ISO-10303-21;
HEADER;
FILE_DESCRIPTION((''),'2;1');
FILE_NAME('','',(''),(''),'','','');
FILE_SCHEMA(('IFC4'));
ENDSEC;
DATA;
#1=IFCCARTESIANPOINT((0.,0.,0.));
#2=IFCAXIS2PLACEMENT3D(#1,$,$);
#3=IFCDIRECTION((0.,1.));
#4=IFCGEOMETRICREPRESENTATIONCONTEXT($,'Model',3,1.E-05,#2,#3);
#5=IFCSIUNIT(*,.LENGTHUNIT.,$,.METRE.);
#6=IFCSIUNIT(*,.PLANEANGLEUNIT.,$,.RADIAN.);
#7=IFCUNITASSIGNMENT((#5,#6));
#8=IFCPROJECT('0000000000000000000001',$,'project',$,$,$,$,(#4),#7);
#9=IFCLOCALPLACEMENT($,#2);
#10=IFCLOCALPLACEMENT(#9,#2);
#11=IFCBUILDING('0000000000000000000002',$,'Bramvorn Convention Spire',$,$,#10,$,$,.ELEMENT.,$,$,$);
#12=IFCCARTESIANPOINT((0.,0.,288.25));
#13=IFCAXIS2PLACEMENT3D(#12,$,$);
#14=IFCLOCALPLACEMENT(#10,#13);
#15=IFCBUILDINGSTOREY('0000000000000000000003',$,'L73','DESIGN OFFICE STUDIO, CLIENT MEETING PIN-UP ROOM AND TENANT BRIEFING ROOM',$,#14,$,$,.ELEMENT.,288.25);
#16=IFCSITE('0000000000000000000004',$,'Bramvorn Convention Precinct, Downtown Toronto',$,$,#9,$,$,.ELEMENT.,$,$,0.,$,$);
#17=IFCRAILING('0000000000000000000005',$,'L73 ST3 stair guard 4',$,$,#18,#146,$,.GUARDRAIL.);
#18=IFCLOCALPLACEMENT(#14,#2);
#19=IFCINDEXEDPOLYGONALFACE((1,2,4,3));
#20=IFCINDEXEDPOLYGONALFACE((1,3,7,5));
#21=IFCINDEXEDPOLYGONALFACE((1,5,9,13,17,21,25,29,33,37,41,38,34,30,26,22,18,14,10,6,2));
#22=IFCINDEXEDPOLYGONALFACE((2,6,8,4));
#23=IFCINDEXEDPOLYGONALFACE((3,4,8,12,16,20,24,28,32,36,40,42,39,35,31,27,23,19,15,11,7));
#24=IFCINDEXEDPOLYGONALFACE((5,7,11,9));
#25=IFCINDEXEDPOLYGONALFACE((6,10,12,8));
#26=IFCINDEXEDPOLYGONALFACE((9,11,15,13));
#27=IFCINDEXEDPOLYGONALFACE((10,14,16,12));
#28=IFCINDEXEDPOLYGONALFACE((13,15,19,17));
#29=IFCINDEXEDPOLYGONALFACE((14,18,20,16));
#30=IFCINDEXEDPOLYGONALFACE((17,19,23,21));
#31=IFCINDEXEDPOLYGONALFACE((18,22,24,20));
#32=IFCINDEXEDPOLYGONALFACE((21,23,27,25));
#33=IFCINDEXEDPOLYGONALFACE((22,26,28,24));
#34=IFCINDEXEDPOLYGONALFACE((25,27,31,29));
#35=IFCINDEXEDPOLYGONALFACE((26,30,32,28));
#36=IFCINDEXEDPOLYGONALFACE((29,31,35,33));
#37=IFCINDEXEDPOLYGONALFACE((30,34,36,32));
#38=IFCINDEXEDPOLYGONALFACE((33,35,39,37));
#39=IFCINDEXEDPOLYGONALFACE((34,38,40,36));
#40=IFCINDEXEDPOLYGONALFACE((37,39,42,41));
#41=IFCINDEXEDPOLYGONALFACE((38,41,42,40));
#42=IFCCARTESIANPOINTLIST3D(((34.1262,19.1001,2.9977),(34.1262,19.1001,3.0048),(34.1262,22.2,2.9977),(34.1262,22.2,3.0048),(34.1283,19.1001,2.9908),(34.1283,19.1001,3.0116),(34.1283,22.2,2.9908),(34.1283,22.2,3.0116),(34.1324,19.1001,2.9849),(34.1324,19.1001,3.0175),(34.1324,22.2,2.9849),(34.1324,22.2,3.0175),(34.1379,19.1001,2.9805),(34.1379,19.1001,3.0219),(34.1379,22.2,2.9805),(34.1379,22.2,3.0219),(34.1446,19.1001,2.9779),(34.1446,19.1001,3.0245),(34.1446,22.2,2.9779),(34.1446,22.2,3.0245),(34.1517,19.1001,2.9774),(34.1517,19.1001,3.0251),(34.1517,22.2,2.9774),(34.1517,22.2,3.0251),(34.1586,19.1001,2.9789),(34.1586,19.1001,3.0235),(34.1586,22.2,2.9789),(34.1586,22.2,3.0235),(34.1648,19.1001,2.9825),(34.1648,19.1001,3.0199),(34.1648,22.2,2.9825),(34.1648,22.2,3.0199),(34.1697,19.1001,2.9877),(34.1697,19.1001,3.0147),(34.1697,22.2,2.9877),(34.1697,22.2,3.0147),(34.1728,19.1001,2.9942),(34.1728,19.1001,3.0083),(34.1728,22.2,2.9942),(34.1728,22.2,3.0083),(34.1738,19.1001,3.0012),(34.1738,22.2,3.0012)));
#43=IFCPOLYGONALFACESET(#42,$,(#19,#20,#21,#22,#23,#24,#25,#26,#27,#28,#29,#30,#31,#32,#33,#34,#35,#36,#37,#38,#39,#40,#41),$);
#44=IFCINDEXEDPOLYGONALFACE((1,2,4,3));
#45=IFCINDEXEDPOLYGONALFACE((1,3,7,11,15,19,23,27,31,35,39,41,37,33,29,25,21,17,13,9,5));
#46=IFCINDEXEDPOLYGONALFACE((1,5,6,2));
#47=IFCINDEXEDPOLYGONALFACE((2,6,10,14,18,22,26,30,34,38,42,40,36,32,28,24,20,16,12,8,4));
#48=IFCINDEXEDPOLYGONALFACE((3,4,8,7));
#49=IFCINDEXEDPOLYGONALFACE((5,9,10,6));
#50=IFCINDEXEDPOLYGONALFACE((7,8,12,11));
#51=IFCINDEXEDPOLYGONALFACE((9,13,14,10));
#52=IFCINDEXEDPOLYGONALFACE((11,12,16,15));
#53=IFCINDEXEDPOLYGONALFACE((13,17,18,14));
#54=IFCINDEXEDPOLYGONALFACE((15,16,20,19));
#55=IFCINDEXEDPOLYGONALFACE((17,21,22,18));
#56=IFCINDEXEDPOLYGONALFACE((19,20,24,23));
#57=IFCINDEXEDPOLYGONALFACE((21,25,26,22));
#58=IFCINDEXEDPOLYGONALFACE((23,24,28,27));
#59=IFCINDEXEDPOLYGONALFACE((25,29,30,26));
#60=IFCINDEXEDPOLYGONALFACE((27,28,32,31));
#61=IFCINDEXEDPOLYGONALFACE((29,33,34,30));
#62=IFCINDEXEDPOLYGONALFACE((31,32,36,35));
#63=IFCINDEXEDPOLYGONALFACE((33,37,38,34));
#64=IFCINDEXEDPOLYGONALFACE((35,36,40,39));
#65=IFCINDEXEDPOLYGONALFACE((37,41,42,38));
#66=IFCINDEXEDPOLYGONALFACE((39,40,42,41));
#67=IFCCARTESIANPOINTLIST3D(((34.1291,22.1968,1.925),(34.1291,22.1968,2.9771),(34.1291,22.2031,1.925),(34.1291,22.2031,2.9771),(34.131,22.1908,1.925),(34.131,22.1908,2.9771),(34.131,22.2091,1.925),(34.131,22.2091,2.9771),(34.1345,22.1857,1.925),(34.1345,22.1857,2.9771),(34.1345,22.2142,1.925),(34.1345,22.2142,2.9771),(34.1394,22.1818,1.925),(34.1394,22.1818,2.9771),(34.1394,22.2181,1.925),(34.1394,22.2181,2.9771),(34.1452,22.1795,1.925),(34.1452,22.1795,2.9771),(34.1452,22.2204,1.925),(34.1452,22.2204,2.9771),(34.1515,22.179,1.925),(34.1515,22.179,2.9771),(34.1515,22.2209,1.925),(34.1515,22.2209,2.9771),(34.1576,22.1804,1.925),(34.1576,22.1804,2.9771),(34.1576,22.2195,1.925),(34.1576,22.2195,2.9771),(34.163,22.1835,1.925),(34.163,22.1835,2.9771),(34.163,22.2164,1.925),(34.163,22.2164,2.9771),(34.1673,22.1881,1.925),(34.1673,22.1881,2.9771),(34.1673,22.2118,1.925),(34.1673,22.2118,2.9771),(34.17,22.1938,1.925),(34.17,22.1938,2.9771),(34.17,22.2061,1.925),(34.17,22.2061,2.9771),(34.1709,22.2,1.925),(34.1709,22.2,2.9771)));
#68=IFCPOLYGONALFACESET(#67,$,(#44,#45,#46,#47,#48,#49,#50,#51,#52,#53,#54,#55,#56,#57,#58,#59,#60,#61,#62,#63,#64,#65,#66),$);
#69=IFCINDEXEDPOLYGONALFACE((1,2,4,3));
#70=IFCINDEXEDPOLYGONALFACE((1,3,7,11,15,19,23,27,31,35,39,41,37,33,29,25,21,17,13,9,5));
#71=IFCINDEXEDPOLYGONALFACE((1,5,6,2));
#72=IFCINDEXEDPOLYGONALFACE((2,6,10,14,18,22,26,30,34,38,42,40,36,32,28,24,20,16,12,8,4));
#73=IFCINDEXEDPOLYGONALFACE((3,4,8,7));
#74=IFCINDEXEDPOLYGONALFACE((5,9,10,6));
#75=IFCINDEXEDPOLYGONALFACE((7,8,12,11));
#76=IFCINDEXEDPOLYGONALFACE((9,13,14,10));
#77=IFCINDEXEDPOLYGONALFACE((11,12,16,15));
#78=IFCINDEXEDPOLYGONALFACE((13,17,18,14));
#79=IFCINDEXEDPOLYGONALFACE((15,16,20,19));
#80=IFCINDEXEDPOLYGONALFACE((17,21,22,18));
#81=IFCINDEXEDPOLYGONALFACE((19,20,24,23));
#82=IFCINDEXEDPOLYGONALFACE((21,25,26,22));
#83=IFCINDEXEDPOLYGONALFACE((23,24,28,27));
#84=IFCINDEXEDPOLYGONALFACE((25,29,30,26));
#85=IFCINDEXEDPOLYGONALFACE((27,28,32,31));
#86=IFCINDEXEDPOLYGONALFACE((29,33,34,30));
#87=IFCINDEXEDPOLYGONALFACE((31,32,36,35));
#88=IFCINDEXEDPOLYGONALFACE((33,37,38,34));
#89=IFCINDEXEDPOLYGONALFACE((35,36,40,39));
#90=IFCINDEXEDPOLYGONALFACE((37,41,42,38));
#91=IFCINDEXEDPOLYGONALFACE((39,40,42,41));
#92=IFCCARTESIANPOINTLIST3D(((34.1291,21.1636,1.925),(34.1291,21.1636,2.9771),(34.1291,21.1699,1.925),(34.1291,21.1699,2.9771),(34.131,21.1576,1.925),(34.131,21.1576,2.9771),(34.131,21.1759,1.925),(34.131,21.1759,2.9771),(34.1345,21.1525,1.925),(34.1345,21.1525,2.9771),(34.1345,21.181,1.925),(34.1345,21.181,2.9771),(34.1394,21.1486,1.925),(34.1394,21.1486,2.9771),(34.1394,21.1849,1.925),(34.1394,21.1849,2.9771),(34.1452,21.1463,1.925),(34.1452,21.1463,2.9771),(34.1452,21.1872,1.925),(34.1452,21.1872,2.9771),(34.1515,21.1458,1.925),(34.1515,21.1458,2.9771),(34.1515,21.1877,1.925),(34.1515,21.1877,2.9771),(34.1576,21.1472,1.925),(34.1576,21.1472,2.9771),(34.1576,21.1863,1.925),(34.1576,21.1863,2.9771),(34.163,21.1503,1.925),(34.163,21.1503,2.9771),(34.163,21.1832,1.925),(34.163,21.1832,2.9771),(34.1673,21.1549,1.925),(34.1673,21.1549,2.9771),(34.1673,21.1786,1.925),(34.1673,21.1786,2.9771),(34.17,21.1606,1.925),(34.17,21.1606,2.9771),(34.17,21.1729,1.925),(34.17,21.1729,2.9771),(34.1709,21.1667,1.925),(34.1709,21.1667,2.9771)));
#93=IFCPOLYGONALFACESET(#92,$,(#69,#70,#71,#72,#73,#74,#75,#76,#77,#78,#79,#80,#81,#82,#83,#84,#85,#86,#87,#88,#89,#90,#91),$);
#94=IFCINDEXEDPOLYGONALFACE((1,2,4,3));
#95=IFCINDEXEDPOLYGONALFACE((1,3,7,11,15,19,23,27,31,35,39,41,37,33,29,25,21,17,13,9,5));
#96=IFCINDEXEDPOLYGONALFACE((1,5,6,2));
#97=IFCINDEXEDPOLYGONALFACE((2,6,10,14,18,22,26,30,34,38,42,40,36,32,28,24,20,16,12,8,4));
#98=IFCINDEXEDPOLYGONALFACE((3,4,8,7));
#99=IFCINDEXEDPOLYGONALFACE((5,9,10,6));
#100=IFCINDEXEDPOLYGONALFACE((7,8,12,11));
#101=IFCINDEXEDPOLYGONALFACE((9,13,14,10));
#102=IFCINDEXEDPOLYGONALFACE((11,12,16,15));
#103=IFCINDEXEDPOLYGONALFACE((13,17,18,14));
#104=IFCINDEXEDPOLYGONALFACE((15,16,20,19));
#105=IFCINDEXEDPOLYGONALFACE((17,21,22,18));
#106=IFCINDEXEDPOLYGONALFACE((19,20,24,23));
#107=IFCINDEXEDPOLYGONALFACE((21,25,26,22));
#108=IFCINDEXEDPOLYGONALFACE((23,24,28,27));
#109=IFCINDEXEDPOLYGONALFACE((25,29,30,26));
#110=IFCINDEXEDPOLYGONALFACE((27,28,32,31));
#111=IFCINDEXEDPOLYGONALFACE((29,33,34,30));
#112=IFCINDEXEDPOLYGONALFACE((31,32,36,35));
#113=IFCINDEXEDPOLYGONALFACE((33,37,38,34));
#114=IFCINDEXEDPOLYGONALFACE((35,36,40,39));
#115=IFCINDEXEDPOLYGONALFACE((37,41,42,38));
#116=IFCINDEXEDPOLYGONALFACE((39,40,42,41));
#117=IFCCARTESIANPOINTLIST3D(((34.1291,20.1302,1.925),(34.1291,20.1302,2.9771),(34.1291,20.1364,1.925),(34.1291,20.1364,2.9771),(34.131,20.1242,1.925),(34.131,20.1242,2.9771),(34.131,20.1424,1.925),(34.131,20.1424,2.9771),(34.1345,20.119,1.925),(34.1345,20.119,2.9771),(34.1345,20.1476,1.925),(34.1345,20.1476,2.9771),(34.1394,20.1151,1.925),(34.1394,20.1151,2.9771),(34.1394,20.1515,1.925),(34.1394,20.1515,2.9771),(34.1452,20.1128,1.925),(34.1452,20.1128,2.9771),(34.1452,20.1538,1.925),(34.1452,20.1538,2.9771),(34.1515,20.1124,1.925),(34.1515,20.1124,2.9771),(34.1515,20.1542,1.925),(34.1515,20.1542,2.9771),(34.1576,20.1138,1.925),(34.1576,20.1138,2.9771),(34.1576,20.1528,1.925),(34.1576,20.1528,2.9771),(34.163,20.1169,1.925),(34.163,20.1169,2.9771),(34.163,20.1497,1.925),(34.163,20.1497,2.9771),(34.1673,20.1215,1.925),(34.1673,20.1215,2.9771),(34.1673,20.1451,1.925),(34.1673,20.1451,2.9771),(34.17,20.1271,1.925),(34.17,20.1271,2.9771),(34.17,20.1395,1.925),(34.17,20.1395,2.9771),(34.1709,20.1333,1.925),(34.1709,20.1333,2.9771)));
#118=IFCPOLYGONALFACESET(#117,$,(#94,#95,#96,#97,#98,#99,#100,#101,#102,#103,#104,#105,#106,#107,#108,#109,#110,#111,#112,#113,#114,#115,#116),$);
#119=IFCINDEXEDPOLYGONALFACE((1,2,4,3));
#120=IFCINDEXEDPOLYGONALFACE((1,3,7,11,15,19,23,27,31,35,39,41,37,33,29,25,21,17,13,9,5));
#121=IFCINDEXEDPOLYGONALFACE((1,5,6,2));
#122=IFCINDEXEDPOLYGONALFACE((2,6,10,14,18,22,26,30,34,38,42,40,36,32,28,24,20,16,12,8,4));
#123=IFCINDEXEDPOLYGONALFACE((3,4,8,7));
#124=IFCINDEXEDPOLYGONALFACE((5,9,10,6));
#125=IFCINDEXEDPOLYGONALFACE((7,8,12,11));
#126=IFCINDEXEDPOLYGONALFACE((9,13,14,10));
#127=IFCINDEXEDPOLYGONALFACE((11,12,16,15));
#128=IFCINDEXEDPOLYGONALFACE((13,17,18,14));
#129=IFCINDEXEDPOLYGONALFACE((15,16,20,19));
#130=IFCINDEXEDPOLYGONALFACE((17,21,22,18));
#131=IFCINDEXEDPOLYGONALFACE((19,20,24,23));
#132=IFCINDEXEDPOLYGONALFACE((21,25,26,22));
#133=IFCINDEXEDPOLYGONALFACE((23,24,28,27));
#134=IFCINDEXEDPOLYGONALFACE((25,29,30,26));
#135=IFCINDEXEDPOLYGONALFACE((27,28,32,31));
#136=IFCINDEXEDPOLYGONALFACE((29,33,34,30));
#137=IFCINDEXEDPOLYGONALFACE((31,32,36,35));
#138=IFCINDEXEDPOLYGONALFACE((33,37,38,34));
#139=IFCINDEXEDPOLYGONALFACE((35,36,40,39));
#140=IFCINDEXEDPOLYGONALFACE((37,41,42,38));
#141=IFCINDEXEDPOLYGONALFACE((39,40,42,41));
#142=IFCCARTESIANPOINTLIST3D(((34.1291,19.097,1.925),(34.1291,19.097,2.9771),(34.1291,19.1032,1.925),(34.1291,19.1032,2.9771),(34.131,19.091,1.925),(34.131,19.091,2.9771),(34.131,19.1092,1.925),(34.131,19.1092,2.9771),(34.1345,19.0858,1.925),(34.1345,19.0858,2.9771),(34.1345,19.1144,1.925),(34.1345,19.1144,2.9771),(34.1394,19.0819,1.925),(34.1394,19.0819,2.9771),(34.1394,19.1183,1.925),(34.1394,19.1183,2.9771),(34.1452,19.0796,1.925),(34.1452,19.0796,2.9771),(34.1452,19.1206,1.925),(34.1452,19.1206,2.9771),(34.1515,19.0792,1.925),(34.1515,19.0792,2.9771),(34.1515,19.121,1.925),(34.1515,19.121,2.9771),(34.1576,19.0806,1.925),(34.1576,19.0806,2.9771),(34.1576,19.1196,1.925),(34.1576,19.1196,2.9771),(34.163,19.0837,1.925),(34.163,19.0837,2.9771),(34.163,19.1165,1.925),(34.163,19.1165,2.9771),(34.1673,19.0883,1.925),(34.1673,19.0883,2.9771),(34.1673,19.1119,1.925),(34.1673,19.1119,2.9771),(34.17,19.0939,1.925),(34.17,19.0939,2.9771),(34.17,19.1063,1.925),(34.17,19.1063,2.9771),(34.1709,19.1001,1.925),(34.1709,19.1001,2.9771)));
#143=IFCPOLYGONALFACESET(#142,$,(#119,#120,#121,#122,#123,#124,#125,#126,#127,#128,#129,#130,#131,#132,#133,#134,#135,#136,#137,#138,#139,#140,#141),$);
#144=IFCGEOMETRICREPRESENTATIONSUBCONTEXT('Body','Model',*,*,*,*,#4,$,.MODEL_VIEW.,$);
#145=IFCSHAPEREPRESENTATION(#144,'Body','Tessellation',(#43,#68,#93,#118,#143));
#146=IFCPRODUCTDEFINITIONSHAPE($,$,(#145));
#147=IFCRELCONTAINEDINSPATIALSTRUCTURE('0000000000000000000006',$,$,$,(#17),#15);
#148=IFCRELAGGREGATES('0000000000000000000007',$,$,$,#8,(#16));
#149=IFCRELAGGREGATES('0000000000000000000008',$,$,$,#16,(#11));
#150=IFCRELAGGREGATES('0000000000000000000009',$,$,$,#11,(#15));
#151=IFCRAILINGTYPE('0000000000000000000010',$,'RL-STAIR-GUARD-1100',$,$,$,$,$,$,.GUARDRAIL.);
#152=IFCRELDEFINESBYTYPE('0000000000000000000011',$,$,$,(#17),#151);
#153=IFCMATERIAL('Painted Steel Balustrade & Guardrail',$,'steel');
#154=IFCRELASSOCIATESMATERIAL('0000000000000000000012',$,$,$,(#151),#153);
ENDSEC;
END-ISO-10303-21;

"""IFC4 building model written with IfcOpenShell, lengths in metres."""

from ifc_helpers import new_model, si_unit, direction, frame, origin, origin_2d, place, context, subcontext, project, spatial, circle, extrude, material, type_object, element, save


model = new_model("IFC4")

# Units and contexts
model_context = context("Model", 3, precision=1e-05, world=origin(), true_north=direction((0.0, 1.0)))
body_context = subcontext(model_context, "Body", "Model", "MODEL_VIEW")
ifc_project = project(units=[si_unit("LENGTHUNIT", "METRE"), si_unit("PLANEANGLEUNIT", "RADIAN")], contexts=[model_context])

# Site, building, storey
site_placement = place(None, origin())
site = spatial("IfcSite", under=ifc_project, at=site_placement, Name="Bramvorn Convention Precinct, Downtown Toronto", CompositionType="ELEMENT", RefElevation=0.0)
building_placement = place(site_placement, origin())
building = spatial("IfcBuilding", under=site, at=building_placement, Name="Bramvorn Convention Spire", CompositionType="ELEMENT")
storey_placement = place(building_placement, frame((0.0, 0.0, 288.25)))
storey = spatial("IfcBuildingStorey", under=building, at=storey_placement, Name="L73", Description="DESIGN OFFICE STUDIO, CLIENT MEETING PIN-UP ROOM AND TENANT BRIEFING ROOM", CompositionType="ELEMENT", Elevation=288.25)

# Railing
ifc_material_1 = material(Name="Painted Steel Balustrade & Guardrail", Category="steel")
railing_type_1 = type_object("IfcRailingType", Name="RL-STAIR-GUARD-1100", PredefinedType="GUARDRAIL", material=ifc_material_1)
for number, where, name in (
    (1, (34.1499, 22.2, 1.925), "L73 ST3 stair guard 4"),
):
    element("IfcRailing", number, at=place(storey_placement, frame(where)), inside=storey, type_object=railing_type_1, Name=name, PredefinedType="GUARDRAIL", context=body_context, shape_type="SweptSolid", body=[
        extrude(circle(Radius=0.0239, at=origin_2d()), frame((0.0, 0.0, 1.0762), z_axis=(0.0, -1.0, 0.0), x_axis=(1.0, 0.0, 0.0)), (0.0, 0.0, 1.0), 3.0999),
        extrude(circle(Radius=0.021, at=origin_2d()), origin(), (0.0, 0.0, 1.0), 1.052),
        extrude(circle(Radius=0.021, at=origin_2d()), frame((0.0, -1.0332, 0.0)), (0.0, 0.0, 1.0), 1.052),
        extrude(circle(Radius=0.021, at=origin_2d()), frame((0.0, -2.0667, 0.0)), (0.0, 0.0, 1.0), 1.052),
        extrude(circle(Radius=0.021, at=origin_2d()), frame((0.0, -3.0999, 0.0)), (0.0, 0.0, 1.0), 1.052),
    ])

save(model, "model.ifc")
